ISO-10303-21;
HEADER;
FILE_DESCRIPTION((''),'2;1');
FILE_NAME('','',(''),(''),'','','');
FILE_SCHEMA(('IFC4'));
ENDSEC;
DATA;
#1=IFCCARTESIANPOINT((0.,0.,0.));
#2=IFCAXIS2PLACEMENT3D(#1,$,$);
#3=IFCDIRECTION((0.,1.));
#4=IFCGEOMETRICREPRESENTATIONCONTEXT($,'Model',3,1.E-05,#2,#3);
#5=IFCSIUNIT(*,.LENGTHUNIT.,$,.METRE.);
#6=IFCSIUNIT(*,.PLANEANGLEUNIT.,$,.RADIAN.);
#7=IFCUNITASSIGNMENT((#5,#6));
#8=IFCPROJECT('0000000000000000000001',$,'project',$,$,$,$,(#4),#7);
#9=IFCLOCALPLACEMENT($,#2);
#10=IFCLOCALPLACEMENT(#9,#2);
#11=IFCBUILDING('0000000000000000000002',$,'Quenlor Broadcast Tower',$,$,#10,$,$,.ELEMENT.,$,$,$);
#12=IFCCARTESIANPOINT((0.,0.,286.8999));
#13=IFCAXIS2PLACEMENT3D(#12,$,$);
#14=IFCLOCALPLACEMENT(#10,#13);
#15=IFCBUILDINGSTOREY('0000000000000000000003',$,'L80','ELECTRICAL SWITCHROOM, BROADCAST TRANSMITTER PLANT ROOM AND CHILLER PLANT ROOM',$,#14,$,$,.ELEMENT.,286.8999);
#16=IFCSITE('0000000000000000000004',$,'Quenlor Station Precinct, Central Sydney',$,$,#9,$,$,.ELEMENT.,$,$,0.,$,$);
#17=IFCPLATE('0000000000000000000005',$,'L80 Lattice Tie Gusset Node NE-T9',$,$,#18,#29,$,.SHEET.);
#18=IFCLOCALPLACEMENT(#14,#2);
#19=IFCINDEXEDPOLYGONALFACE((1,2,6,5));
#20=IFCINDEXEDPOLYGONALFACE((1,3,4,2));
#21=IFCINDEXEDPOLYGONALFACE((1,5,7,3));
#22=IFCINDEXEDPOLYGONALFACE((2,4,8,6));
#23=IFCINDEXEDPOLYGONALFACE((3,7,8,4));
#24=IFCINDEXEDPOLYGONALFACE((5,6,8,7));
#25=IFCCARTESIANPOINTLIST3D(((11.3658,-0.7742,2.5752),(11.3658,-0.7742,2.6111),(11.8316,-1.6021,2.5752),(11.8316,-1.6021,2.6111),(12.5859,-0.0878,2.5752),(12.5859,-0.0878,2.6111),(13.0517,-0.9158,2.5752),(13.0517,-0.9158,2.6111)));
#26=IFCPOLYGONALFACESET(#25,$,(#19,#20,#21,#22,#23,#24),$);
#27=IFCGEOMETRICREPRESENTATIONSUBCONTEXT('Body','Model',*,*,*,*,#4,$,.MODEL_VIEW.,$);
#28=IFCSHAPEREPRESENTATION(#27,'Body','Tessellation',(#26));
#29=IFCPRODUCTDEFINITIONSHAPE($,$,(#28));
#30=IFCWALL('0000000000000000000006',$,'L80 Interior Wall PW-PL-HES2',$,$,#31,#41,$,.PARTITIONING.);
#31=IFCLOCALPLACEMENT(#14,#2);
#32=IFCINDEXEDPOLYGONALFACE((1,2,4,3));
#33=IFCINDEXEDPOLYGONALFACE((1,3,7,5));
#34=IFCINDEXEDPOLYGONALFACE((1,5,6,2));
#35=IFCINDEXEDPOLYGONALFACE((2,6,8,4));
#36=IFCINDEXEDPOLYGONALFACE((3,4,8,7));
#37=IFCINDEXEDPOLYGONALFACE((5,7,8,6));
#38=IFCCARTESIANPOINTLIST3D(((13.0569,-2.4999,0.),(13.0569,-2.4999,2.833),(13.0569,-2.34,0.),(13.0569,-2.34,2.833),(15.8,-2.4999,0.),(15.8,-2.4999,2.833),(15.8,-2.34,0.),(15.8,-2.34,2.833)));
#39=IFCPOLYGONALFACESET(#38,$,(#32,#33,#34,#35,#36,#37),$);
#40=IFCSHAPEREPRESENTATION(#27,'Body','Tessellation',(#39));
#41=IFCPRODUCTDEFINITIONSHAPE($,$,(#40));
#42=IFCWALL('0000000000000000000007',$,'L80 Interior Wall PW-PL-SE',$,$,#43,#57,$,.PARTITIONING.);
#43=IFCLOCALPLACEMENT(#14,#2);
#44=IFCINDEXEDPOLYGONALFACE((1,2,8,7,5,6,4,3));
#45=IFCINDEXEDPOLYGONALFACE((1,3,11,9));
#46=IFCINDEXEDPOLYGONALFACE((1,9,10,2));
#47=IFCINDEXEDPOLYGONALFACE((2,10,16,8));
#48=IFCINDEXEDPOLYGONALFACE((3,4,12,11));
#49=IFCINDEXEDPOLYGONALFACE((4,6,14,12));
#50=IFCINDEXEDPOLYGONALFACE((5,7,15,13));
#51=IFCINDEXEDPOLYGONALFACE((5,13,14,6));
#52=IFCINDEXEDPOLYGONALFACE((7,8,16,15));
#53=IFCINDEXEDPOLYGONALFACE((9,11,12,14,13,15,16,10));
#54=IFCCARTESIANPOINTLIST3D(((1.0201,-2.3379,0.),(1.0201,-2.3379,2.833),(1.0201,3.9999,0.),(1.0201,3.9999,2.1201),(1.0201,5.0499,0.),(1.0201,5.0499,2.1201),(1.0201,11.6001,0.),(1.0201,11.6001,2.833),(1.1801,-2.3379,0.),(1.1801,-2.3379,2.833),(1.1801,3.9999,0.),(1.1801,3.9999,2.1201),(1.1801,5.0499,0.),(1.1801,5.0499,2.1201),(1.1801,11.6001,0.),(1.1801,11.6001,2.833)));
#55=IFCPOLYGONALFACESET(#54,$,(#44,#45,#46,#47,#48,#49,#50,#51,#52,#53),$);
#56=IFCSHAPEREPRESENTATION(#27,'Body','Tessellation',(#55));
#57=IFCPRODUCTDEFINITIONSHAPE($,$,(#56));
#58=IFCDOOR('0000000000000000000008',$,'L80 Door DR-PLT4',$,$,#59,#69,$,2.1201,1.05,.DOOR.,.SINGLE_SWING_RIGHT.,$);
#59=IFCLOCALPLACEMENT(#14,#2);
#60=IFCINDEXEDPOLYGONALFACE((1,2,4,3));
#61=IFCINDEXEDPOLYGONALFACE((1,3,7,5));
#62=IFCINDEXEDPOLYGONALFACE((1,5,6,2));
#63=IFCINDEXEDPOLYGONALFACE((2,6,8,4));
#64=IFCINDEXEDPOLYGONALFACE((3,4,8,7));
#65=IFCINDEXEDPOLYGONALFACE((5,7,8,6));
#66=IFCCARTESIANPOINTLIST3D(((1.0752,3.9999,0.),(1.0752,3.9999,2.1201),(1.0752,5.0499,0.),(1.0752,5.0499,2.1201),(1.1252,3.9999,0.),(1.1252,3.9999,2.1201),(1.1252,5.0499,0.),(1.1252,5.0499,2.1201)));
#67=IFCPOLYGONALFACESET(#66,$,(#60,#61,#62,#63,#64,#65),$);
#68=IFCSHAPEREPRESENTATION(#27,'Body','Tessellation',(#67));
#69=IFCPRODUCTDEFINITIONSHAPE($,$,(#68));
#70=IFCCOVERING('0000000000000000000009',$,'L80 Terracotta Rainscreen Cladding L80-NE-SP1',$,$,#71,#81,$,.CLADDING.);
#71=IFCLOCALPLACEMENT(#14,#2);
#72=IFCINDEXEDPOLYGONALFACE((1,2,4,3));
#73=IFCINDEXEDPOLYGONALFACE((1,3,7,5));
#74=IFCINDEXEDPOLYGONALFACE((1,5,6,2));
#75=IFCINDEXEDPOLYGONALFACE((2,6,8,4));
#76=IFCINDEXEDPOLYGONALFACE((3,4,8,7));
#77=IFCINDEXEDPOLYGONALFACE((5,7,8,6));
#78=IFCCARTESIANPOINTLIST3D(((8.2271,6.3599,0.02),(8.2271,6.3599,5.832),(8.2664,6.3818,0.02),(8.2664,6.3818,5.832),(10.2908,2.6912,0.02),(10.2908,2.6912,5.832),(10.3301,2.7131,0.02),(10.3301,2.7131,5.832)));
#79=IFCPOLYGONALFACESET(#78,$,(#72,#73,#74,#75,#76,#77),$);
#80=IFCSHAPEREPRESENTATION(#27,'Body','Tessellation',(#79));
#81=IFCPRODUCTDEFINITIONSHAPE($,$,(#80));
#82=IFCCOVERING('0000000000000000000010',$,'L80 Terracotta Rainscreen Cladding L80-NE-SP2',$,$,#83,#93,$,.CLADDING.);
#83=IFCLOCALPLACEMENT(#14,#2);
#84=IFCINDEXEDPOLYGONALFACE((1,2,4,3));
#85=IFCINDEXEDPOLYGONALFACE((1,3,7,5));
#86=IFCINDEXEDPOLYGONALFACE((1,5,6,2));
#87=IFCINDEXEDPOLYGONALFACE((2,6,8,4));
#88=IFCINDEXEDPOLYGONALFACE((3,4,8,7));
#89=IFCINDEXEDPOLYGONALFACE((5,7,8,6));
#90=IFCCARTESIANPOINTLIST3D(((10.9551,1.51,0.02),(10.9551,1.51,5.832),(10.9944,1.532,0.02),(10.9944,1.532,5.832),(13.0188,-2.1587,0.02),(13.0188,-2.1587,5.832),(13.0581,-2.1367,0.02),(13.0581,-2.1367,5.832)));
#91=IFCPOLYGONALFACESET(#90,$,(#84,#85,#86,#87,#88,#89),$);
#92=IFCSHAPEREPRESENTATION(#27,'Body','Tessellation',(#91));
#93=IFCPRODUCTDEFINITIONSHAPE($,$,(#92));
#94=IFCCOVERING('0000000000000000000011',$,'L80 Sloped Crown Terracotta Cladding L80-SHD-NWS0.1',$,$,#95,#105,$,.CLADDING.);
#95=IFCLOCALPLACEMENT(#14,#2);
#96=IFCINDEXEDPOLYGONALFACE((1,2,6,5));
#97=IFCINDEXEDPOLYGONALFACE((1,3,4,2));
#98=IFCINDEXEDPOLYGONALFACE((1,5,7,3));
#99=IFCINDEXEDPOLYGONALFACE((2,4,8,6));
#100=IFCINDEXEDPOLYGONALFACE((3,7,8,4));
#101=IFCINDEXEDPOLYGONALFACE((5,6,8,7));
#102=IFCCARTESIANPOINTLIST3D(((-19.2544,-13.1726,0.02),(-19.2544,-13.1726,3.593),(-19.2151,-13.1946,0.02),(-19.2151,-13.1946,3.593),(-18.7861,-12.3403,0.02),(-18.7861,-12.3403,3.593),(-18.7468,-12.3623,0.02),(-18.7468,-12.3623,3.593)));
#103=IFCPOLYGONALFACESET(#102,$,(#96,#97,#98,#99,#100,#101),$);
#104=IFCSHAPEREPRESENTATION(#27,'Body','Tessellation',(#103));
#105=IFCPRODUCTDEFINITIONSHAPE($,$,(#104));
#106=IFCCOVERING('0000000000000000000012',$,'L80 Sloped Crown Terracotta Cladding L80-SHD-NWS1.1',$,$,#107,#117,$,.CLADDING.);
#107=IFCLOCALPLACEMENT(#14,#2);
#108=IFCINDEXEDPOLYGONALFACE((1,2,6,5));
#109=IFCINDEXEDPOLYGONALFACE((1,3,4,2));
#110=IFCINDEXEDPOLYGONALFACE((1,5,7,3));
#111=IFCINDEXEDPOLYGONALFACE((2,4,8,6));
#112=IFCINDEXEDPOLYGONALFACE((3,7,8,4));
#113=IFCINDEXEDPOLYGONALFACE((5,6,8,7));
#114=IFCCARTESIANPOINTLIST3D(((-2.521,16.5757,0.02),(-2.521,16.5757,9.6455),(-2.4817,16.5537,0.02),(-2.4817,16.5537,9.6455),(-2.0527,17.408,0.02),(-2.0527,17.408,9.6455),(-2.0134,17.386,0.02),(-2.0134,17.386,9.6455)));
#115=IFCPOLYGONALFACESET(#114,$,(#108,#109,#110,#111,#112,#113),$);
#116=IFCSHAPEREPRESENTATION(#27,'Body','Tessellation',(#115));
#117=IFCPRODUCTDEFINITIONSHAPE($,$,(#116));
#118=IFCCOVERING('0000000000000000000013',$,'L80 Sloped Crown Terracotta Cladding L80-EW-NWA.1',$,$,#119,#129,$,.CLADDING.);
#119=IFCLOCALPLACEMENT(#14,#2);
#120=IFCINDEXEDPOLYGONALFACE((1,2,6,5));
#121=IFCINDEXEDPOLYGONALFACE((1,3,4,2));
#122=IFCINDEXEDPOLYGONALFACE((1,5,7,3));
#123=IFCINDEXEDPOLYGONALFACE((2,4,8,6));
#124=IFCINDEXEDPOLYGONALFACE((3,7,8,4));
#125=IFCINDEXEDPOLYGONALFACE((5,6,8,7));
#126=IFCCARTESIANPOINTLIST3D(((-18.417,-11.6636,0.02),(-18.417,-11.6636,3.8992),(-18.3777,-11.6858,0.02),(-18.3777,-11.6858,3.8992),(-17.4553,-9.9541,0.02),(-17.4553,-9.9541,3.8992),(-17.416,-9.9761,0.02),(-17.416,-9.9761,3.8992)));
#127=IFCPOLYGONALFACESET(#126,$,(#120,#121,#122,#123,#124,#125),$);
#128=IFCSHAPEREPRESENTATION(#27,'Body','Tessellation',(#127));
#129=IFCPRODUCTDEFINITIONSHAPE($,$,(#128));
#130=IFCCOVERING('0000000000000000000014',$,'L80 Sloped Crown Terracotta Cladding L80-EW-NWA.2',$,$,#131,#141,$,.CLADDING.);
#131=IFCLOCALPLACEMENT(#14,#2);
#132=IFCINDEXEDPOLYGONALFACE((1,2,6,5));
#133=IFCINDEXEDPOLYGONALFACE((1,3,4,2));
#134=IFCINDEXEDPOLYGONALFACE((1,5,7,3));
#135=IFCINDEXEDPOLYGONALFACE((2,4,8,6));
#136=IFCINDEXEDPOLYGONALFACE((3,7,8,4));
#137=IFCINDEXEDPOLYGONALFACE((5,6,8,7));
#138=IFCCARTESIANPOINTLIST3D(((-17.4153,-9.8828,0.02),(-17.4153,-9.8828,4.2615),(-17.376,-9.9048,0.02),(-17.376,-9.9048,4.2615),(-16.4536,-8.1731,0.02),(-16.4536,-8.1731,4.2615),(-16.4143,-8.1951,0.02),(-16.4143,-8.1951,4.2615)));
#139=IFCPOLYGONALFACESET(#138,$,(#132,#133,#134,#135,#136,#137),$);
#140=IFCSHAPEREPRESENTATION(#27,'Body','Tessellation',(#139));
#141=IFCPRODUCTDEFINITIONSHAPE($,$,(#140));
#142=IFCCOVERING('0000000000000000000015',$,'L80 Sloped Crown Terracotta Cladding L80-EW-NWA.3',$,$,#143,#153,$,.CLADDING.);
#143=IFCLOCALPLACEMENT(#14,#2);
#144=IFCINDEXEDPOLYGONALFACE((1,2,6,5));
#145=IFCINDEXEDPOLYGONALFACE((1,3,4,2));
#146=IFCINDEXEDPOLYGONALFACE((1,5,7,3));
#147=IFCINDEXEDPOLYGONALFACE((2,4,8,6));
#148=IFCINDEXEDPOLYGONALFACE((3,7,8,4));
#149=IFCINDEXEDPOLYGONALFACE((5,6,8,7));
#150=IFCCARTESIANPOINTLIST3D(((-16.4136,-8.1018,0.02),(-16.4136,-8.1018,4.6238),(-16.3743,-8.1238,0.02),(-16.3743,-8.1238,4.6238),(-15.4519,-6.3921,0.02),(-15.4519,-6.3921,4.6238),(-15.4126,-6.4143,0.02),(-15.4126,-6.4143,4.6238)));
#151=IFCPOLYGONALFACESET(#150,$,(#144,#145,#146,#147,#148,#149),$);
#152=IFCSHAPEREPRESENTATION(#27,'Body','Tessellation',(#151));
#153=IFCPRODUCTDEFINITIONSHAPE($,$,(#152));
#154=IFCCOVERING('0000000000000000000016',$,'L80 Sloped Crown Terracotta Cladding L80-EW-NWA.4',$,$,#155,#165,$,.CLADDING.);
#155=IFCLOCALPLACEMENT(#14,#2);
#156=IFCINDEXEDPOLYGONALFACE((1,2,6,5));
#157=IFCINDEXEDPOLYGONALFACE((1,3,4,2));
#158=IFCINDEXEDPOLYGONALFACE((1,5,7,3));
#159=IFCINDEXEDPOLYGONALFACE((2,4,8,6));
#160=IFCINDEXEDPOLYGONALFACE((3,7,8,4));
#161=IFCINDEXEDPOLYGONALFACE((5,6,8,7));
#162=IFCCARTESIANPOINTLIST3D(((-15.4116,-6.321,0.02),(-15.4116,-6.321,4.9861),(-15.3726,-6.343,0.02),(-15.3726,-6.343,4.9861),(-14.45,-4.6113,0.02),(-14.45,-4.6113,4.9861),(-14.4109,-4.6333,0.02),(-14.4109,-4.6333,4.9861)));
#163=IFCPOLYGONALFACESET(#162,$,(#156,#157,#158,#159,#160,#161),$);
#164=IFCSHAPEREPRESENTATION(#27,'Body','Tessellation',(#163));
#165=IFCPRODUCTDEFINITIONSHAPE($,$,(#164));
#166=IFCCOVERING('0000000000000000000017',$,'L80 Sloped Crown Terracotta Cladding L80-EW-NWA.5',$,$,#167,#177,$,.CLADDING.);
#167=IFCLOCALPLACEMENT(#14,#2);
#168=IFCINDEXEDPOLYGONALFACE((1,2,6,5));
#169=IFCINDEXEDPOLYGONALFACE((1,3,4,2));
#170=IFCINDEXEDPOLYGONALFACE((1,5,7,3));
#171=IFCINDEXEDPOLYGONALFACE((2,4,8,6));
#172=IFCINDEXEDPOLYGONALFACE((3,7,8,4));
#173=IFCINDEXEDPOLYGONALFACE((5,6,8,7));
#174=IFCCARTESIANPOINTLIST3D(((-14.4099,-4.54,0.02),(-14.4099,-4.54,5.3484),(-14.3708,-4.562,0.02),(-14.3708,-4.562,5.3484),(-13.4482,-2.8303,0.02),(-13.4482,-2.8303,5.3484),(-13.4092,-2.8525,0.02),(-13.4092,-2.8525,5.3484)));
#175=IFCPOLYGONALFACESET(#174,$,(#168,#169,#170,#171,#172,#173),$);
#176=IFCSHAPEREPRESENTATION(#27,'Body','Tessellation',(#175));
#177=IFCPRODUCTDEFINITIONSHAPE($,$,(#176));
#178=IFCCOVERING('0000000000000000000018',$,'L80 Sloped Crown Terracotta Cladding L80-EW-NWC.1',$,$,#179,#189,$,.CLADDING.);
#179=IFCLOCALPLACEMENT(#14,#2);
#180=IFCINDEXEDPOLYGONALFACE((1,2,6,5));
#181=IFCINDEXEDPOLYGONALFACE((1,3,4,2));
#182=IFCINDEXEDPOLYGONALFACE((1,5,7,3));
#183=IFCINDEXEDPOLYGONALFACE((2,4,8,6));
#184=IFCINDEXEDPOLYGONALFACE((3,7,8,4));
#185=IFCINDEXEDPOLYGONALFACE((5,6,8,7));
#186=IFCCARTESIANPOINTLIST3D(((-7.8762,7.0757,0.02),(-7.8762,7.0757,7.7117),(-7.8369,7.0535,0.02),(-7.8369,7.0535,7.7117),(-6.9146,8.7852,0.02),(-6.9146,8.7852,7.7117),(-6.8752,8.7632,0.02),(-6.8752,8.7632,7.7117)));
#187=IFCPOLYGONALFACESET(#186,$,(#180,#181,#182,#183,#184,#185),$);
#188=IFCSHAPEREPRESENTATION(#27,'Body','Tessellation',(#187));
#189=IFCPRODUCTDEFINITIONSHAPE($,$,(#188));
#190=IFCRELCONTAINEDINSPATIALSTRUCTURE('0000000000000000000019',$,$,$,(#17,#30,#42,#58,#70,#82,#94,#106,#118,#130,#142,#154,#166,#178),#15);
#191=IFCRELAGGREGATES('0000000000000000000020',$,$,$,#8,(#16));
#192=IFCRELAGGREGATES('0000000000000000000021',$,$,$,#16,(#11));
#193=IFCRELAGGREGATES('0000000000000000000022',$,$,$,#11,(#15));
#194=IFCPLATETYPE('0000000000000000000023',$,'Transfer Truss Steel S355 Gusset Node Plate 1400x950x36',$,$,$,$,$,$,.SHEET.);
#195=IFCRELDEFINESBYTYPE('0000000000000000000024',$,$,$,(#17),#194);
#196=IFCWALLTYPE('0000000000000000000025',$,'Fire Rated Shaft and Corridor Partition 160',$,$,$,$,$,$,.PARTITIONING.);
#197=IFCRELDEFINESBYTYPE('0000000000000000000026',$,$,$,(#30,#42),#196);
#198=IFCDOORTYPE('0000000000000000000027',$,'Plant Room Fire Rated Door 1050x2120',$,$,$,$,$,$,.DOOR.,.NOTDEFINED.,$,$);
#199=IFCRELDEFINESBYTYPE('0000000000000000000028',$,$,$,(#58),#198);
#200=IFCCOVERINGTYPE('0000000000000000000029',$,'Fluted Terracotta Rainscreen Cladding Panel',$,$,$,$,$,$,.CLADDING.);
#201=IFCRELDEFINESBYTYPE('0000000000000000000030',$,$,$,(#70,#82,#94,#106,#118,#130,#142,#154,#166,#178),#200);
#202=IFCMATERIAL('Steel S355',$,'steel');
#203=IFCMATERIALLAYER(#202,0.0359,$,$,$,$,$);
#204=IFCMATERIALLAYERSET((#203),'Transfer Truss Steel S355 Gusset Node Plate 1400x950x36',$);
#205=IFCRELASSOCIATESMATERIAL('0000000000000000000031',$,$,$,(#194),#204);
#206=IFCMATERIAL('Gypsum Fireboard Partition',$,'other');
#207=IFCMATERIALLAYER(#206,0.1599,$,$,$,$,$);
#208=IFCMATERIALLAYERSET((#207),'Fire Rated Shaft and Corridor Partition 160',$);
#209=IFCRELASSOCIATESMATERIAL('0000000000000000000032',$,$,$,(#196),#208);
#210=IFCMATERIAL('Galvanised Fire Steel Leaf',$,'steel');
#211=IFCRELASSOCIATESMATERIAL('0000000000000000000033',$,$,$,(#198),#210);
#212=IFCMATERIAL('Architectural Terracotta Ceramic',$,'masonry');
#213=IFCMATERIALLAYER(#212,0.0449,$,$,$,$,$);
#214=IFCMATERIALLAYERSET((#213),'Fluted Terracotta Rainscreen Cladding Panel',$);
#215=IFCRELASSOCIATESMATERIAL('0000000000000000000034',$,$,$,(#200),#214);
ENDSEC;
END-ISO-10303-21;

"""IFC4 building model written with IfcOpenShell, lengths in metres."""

from ifc_helpers import new_model, si_unit, direction, frame, frame_2d, origin, origin_2d, place, context, subcontext, project, spatial, polyline, rectangle, outline, extrude, material, layer, layer_set, type_object, element, fill, save


model = new_model("IFC4")

# Units and contexts
model_context = context("Model", 3, precision=1e-05, world=origin(), true_north=direction((0.0, 1.0)))
body_context = subcontext(model_context, "Body", "Model", "MODEL_VIEW")
ifc_project = project(units=[si_unit("LENGTHUNIT", "METRE"), si_unit("PLANEANGLEUNIT", "RADIAN")], contexts=[model_context])

# Site, building, storey
site_placement = place(None, origin())
site = spatial("IfcSite", under=ifc_project, at=site_placement, Name="Quenlor Station Precinct, Central Sydney", CompositionType="ELEMENT", RefElevation=0.0)
building_placement = place(site_placement, origin())
building = spatial("IfcBuilding", under=site, at=building_placement, Name="Quenlor Broadcast Tower", CompositionType="ELEMENT")
storey_placement = place(building_placement, frame((0.0, 0.0, 286.8999)))
storey = spatial("IfcBuildingStorey", under=building, at=storey_placement, Name="L80", Description="ELECTRICAL SWITCHROOM, BROADCAST TRANSMITTER PLANT ROOM AND CHILLER PLANT ROOM", CompositionType="ELEMENT", Elevation=286.8999)

# Plate
ifc_material_1 = material(Name="Steel S355", Category="steel")
ifc_layer_1 = layer(ifc_material_1, 0.0359)
ifc_layer_set_1 = layer_set([ifc_layer_1], Name="Transfer Truss Steel S355 Gusset Node Plate 1400x950x36")
plate_type = type_object("IfcPlateType", Name="Transfer Truss Steel S355 Gusset Node Plate 1400x950x36", PredefinedType="SHEET", material=ifc_layer_set_1)
plate_placement = place(storey_placement, frame((12.2087, -0.845, 2.5752), z_axis=(0.0, 0.0, 1.0), x_axis=(0.871556, 0.490295, 0.0)))
element("IfcPlate", 1, at=plate_placement, inside=storey, type_object=plate_type, Name="L80 Lattice Tie Gusset Node NE-T9", PredefinedType="SHEET", context=body_context, shape_type="SweptSolid", body=[
    extrude(rectangle(XDim=1.3999, YDim=0.95, at=origin_2d()), origin(), (0.0, 0.0, 1.0), 0.0359),
])

# Wall
ifc_material_2 = material(Name="Gypsum Fireboard Partition", Category="other")
ifc_layer_2 = layer(ifc_material_2, 0.1599)
ifc_layer_set_2 = layer_set([ifc_layer_2], Name="Fire Rated Shaft and Corridor Partition 160")
wall_type = type_object("IfcWallType", Name="Fire Rated Shaft and Corridor Partition 160", PredefinedType="PARTITIONING", material=ifc_layer_set_2)
wall_1_placement = place(storey_placement, frame((13.0569, -2.4199, 0.0), z_axis=(0.0, 0.0, 1.0), x_axis=(1.0, 0.0, 0.0)))
element("IfcWall", 2, at=wall_1_placement, inside=storey, type_object=wall_type, Name="L80 Interior Wall PW-PL-HES2", PredefinedType="PARTITIONING", context=body_context, shape_type="SweptSolid", body=[
    extrude(rectangle(XDim=2.7432, YDim=0.1599, at=frame_2d((1.3716, 0.0))), origin(), (0.0, 0.0, 1.0), 2.833),
])

# Wall, opening, door
wall_2_placement = place(storey_placement, frame((1.1001, -2.3379, 0.0), z_axis=(0.0, 0.0, 1.0), x_axis=(0.0, 1.0, 0.0)))
wall_2 = element("IfcWall", 3, at=wall_2_placement, inside=storey, type_object=wall_type, Name="L80 Interior Wall PW-PL-SE", PredefinedType="PARTITIONING", context=body_context, shape_type="SweptSolid", body=[
    extrude(rectangle(XDim=13.938, YDim=0.1599, at=frame_2d((6.969, 0.0))), origin(), (0.0, 0.0, 1.0), 2.833),
])
opening_placement = place(wall_2_placement, frame((6.3379, 0.0, 0.0)))
opening = element("IfcOpeningElement", 4, at=opening_placement, cuts=wall_2, PredefinedType="OPENING", context=body_context, shape_type="SweptSolid", body=[
    extrude(rectangle(XDim=1.05, YDim=2.1201, at=frame_2d((0.5249, 1.0601))), frame((0.0, 0.0898, 0.0), z_axis=(0.0, -1.0, 0.0), x_axis=(1.0, 0.0, 0.0)), (0.0, 0.0, 1.0), 0.1799),
])
ifc_material_3 = material(Name="Galvanised Fire Steel Leaf", Category="steel")
door_type = type_object("IfcDoorType", Name="Plant Room Fire Rated Door 1050x2120", OperationType="NOTDEFINED", PredefinedType="DOOR", material=ifc_material_3)
door_placement = place(opening_placement, origin())
door = element("IfcDoor", 5, at=door_placement, inside=storey, type_object=door_type, Name="L80 Door DR-PLT4", OperationType="SINGLE_SWING_RIGHT", OverallHeight=2.1201, OverallWidth=1.05, PredefinedType="DOOR", context=body_context, shape_type="SweptSolid", body=[
    extrude(rectangle(XDim=1.05, YDim=2.1201, at=frame_2d((0.5249, 1.0601))), frame((0.0, 0.0249, 0.0), z_axis=(0.0, -1.0, 0.0), x_axis=(1.0, 0.0, 0.0)), (0.0, 0.0, 1.0), 0.05),
])
fill(opening, door)

# Coverings
ifc_material_4 = material(Name="Architectural Terracotta Ceramic", Category="masonry")
ifc_layer_3 = layer(ifc_material_4, 0.0449)
ifc_layer_set_3 = layer_set([ifc_layer_3], Name="Fluted Terracotta Rainscreen Cladding Panel")
covering_type = type_object("IfcCoveringType", Name="Fluted Terracotta Rainscreen Cladding Panel", PredefinedType="CLADDING", material=ifc_layer_set_3)
covering_1_placement = place(storey_placement, frame((0.0, 0.0, 0.02)))
element("IfcCovering", 6, at=covering_1_placement, inside=storey, type_object=covering_type, Name="L80 Terracotta Rainscreen Cladding L80-NE-SP1", PredefinedType="CLADDING", context=body_context, shape_type="SweptSolid", body=[
    extrude(outline(polyline([(8.2271, 6.3599), (10.2908, 2.6912), (10.3301, 2.7131), (8.2664, 6.3818), (8.2271, 6.3599)])), origin(), (0.0, 0.0, 1.0), 5.812),
])
covering_2_placement = place(storey_placement, frame((0.0, 0.0, 0.02)))
element("IfcCovering", 7, at=covering_2_placement, inside=storey, type_object=covering_type, Name="L80 Terracotta Rainscreen Cladding L80-NE-SP2", PredefinedType="CLADDING", context=body_context, shape_type="SweptSolid", body=[
    extrude(outline(polyline([(10.9551, 1.51), (13.0188, -2.1587), (13.0581, -2.1367), (10.9944, 1.532), (10.9551, 1.51)])), origin(), (0.0, 0.0, 1.0), 5.812),
])
covering_3_placement = place(storey_placement, frame((0.0, 0.0, 0.02)))
element("IfcCovering", 8, at=covering_3_placement, inside=storey, type_object=covering_type, Name="L80 Sloped Crown Terracotta Cladding L80-SHD-NWS0.1", PredefinedType="CLADDING", context=body_context, shape_type="SweptSolid", body=[
    extrude(outline(polyline([(-19.2151, -13.1946), (-18.7468, -12.3623), (-18.7861, -12.3403), (-19.2544, -13.1726), (-19.2151, -13.1946)])), origin(), (0.0, 0.0, 1.0), 3.573),
])
covering_4_placement = place(storey_placement, frame((0.0, 0.0, 0.02)))
element("IfcCovering", 9, at=covering_4_placement, inside=storey, type_object=covering_type, Name="L80 Sloped Crown Terracotta Cladding L80-SHD-NWS1.1", PredefinedType="CLADDING", context=body_context, shape_type="SweptSolid", body=[
    extrude(outline(polyline([(-2.4817, 16.5537), (-2.0134, 17.386), (-2.0527, 17.408), (-2.521, 16.5757), (-2.4817, 16.5537)])), origin(), (0.0, 0.0, 1.0), 9.6255),
])
covering_5_placement = place(storey_placement, frame((0.0, 0.0, 0.02)))
element("IfcCovering", 10, at=covering_5_placement, inside=storey, type_object=covering_type, Name="L80 Sloped Crown Terracotta Cladding L80-EW-NWA.1", PredefinedType="CLADDING", context=body_context, shape_type="SweptSolid", body=[
    extrude(outline(polyline([(-18.3777, -11.6858), (-17.416, -9.9761), (-17.4553, -9.9541), (-18.417, -11.6636), (-18.3777, -11.6858)])), origin(), (0.0, 0.0, 1.0), 3.8792),
])
covering_6_placement = place(storey_placement, frame((0.0, 0.0, 0.02)))
element("IfcCovering", 11, at=covering_6_placement, inside=storey, type_object=covering_type, Name="L80 Sloped Crown Terracotta Cladding L80-EW-NWA.2", PredefinedType="CLADDING", context=body_context, shape_type="SweptSolid", body=[
    extrude(outline(polyline([(-17.376, -9.9048), (-16.4143, -8.1951), (-16.4536, -8.1731), (-17.4153, -9.8828), (-17.376, -9.9048)])), origin(), (0.0, 0.0, 1.0), 4.2415),
])
covering_7_placement = place(storey_placement, frame((0.0, 0.0, 0.02)))
element("IfcCovering", 12, at=covering_7_placement, inside=storey, type_object=covering_type, Name="L80 Sloped Crown Terracotta Cladding L80-EW-NWA.3", PredefinedType="CLADDING", context=body_context, shape_type="SweptSolid", body=[
    extrude(outline(polyline([(-16.3743, -8.1238), (-15.4126, -6.4143), (-15.4519, -6.3921), (-16.4136, -8.1018), (-16.3743, -8.1238)])), origin(), (0.0, 0.0, 1.0), 4.6038),
])
covering_8_placement = place(storey_placement, frame((0.0, 0.0, 0.02)))
element("IfcCovering", 13, at=covering_8_placement, inside=storey, type_object=covering_type, Name="L80 Sloped Crown Terracotta Cladding L80-EW-NWA.4", PredefinedType="CLADDING", context=body_context, shape_type="SweptSolid", body=[
    extrude(outline(polyline([(-15.3726, -6.343), (-14.4109, -4.6333), (-14.45, -4.6113), (-15.4116, -6.321), (-15.3726, -6.343)])), origin(), (0.0, 0.0, 1.0), 4.9661),
])
covering_9_placement = place(storey_placement, frame((0.0, 0.0, 0.02)))
element("IfcCovering", 14, at=covering_9_placement, inside=storey, type_object=covering_type, Name="L80 Sloped Crown Terracotta Cladding L80-EW-NWA.5", PredefinedType="CLADDING", context=body_context, shape_type="SweptSolid", body=[
    extrude(outline(polyline([(-14.3708, -4.562), (-13.4092, -2.8525), (-13.4482, -2.8303), (-14.4099, -4.54), (-14.3708, -4.562)])), origin(), (0.0, 0.0, 1.0), 5.3284),
])
covering_10_placement = place(storey_placement, frame((0.0, 0.0, 0.02)))
element("IfcCovering", 15, at=covering_10_placement, inside=storey, type_object=covering_type, Name="L80 Sloped Crown Terracotta Cladding L80-EW-NWC.1", PredefinedType="CLADDING", context=body_context, shape_type="SweptSolid", body=[
    extrude(outline(polyline([(-7.8369, 7.0535), (-6.8752, 8.7632), (-6.9146, 8.7852), (-7.8762, 7.0757), (-7.8369, 7.0535)])), origin(), (0.0, 0.0, 1.0), 7.6917),
])

save(model, "model.ifc")
